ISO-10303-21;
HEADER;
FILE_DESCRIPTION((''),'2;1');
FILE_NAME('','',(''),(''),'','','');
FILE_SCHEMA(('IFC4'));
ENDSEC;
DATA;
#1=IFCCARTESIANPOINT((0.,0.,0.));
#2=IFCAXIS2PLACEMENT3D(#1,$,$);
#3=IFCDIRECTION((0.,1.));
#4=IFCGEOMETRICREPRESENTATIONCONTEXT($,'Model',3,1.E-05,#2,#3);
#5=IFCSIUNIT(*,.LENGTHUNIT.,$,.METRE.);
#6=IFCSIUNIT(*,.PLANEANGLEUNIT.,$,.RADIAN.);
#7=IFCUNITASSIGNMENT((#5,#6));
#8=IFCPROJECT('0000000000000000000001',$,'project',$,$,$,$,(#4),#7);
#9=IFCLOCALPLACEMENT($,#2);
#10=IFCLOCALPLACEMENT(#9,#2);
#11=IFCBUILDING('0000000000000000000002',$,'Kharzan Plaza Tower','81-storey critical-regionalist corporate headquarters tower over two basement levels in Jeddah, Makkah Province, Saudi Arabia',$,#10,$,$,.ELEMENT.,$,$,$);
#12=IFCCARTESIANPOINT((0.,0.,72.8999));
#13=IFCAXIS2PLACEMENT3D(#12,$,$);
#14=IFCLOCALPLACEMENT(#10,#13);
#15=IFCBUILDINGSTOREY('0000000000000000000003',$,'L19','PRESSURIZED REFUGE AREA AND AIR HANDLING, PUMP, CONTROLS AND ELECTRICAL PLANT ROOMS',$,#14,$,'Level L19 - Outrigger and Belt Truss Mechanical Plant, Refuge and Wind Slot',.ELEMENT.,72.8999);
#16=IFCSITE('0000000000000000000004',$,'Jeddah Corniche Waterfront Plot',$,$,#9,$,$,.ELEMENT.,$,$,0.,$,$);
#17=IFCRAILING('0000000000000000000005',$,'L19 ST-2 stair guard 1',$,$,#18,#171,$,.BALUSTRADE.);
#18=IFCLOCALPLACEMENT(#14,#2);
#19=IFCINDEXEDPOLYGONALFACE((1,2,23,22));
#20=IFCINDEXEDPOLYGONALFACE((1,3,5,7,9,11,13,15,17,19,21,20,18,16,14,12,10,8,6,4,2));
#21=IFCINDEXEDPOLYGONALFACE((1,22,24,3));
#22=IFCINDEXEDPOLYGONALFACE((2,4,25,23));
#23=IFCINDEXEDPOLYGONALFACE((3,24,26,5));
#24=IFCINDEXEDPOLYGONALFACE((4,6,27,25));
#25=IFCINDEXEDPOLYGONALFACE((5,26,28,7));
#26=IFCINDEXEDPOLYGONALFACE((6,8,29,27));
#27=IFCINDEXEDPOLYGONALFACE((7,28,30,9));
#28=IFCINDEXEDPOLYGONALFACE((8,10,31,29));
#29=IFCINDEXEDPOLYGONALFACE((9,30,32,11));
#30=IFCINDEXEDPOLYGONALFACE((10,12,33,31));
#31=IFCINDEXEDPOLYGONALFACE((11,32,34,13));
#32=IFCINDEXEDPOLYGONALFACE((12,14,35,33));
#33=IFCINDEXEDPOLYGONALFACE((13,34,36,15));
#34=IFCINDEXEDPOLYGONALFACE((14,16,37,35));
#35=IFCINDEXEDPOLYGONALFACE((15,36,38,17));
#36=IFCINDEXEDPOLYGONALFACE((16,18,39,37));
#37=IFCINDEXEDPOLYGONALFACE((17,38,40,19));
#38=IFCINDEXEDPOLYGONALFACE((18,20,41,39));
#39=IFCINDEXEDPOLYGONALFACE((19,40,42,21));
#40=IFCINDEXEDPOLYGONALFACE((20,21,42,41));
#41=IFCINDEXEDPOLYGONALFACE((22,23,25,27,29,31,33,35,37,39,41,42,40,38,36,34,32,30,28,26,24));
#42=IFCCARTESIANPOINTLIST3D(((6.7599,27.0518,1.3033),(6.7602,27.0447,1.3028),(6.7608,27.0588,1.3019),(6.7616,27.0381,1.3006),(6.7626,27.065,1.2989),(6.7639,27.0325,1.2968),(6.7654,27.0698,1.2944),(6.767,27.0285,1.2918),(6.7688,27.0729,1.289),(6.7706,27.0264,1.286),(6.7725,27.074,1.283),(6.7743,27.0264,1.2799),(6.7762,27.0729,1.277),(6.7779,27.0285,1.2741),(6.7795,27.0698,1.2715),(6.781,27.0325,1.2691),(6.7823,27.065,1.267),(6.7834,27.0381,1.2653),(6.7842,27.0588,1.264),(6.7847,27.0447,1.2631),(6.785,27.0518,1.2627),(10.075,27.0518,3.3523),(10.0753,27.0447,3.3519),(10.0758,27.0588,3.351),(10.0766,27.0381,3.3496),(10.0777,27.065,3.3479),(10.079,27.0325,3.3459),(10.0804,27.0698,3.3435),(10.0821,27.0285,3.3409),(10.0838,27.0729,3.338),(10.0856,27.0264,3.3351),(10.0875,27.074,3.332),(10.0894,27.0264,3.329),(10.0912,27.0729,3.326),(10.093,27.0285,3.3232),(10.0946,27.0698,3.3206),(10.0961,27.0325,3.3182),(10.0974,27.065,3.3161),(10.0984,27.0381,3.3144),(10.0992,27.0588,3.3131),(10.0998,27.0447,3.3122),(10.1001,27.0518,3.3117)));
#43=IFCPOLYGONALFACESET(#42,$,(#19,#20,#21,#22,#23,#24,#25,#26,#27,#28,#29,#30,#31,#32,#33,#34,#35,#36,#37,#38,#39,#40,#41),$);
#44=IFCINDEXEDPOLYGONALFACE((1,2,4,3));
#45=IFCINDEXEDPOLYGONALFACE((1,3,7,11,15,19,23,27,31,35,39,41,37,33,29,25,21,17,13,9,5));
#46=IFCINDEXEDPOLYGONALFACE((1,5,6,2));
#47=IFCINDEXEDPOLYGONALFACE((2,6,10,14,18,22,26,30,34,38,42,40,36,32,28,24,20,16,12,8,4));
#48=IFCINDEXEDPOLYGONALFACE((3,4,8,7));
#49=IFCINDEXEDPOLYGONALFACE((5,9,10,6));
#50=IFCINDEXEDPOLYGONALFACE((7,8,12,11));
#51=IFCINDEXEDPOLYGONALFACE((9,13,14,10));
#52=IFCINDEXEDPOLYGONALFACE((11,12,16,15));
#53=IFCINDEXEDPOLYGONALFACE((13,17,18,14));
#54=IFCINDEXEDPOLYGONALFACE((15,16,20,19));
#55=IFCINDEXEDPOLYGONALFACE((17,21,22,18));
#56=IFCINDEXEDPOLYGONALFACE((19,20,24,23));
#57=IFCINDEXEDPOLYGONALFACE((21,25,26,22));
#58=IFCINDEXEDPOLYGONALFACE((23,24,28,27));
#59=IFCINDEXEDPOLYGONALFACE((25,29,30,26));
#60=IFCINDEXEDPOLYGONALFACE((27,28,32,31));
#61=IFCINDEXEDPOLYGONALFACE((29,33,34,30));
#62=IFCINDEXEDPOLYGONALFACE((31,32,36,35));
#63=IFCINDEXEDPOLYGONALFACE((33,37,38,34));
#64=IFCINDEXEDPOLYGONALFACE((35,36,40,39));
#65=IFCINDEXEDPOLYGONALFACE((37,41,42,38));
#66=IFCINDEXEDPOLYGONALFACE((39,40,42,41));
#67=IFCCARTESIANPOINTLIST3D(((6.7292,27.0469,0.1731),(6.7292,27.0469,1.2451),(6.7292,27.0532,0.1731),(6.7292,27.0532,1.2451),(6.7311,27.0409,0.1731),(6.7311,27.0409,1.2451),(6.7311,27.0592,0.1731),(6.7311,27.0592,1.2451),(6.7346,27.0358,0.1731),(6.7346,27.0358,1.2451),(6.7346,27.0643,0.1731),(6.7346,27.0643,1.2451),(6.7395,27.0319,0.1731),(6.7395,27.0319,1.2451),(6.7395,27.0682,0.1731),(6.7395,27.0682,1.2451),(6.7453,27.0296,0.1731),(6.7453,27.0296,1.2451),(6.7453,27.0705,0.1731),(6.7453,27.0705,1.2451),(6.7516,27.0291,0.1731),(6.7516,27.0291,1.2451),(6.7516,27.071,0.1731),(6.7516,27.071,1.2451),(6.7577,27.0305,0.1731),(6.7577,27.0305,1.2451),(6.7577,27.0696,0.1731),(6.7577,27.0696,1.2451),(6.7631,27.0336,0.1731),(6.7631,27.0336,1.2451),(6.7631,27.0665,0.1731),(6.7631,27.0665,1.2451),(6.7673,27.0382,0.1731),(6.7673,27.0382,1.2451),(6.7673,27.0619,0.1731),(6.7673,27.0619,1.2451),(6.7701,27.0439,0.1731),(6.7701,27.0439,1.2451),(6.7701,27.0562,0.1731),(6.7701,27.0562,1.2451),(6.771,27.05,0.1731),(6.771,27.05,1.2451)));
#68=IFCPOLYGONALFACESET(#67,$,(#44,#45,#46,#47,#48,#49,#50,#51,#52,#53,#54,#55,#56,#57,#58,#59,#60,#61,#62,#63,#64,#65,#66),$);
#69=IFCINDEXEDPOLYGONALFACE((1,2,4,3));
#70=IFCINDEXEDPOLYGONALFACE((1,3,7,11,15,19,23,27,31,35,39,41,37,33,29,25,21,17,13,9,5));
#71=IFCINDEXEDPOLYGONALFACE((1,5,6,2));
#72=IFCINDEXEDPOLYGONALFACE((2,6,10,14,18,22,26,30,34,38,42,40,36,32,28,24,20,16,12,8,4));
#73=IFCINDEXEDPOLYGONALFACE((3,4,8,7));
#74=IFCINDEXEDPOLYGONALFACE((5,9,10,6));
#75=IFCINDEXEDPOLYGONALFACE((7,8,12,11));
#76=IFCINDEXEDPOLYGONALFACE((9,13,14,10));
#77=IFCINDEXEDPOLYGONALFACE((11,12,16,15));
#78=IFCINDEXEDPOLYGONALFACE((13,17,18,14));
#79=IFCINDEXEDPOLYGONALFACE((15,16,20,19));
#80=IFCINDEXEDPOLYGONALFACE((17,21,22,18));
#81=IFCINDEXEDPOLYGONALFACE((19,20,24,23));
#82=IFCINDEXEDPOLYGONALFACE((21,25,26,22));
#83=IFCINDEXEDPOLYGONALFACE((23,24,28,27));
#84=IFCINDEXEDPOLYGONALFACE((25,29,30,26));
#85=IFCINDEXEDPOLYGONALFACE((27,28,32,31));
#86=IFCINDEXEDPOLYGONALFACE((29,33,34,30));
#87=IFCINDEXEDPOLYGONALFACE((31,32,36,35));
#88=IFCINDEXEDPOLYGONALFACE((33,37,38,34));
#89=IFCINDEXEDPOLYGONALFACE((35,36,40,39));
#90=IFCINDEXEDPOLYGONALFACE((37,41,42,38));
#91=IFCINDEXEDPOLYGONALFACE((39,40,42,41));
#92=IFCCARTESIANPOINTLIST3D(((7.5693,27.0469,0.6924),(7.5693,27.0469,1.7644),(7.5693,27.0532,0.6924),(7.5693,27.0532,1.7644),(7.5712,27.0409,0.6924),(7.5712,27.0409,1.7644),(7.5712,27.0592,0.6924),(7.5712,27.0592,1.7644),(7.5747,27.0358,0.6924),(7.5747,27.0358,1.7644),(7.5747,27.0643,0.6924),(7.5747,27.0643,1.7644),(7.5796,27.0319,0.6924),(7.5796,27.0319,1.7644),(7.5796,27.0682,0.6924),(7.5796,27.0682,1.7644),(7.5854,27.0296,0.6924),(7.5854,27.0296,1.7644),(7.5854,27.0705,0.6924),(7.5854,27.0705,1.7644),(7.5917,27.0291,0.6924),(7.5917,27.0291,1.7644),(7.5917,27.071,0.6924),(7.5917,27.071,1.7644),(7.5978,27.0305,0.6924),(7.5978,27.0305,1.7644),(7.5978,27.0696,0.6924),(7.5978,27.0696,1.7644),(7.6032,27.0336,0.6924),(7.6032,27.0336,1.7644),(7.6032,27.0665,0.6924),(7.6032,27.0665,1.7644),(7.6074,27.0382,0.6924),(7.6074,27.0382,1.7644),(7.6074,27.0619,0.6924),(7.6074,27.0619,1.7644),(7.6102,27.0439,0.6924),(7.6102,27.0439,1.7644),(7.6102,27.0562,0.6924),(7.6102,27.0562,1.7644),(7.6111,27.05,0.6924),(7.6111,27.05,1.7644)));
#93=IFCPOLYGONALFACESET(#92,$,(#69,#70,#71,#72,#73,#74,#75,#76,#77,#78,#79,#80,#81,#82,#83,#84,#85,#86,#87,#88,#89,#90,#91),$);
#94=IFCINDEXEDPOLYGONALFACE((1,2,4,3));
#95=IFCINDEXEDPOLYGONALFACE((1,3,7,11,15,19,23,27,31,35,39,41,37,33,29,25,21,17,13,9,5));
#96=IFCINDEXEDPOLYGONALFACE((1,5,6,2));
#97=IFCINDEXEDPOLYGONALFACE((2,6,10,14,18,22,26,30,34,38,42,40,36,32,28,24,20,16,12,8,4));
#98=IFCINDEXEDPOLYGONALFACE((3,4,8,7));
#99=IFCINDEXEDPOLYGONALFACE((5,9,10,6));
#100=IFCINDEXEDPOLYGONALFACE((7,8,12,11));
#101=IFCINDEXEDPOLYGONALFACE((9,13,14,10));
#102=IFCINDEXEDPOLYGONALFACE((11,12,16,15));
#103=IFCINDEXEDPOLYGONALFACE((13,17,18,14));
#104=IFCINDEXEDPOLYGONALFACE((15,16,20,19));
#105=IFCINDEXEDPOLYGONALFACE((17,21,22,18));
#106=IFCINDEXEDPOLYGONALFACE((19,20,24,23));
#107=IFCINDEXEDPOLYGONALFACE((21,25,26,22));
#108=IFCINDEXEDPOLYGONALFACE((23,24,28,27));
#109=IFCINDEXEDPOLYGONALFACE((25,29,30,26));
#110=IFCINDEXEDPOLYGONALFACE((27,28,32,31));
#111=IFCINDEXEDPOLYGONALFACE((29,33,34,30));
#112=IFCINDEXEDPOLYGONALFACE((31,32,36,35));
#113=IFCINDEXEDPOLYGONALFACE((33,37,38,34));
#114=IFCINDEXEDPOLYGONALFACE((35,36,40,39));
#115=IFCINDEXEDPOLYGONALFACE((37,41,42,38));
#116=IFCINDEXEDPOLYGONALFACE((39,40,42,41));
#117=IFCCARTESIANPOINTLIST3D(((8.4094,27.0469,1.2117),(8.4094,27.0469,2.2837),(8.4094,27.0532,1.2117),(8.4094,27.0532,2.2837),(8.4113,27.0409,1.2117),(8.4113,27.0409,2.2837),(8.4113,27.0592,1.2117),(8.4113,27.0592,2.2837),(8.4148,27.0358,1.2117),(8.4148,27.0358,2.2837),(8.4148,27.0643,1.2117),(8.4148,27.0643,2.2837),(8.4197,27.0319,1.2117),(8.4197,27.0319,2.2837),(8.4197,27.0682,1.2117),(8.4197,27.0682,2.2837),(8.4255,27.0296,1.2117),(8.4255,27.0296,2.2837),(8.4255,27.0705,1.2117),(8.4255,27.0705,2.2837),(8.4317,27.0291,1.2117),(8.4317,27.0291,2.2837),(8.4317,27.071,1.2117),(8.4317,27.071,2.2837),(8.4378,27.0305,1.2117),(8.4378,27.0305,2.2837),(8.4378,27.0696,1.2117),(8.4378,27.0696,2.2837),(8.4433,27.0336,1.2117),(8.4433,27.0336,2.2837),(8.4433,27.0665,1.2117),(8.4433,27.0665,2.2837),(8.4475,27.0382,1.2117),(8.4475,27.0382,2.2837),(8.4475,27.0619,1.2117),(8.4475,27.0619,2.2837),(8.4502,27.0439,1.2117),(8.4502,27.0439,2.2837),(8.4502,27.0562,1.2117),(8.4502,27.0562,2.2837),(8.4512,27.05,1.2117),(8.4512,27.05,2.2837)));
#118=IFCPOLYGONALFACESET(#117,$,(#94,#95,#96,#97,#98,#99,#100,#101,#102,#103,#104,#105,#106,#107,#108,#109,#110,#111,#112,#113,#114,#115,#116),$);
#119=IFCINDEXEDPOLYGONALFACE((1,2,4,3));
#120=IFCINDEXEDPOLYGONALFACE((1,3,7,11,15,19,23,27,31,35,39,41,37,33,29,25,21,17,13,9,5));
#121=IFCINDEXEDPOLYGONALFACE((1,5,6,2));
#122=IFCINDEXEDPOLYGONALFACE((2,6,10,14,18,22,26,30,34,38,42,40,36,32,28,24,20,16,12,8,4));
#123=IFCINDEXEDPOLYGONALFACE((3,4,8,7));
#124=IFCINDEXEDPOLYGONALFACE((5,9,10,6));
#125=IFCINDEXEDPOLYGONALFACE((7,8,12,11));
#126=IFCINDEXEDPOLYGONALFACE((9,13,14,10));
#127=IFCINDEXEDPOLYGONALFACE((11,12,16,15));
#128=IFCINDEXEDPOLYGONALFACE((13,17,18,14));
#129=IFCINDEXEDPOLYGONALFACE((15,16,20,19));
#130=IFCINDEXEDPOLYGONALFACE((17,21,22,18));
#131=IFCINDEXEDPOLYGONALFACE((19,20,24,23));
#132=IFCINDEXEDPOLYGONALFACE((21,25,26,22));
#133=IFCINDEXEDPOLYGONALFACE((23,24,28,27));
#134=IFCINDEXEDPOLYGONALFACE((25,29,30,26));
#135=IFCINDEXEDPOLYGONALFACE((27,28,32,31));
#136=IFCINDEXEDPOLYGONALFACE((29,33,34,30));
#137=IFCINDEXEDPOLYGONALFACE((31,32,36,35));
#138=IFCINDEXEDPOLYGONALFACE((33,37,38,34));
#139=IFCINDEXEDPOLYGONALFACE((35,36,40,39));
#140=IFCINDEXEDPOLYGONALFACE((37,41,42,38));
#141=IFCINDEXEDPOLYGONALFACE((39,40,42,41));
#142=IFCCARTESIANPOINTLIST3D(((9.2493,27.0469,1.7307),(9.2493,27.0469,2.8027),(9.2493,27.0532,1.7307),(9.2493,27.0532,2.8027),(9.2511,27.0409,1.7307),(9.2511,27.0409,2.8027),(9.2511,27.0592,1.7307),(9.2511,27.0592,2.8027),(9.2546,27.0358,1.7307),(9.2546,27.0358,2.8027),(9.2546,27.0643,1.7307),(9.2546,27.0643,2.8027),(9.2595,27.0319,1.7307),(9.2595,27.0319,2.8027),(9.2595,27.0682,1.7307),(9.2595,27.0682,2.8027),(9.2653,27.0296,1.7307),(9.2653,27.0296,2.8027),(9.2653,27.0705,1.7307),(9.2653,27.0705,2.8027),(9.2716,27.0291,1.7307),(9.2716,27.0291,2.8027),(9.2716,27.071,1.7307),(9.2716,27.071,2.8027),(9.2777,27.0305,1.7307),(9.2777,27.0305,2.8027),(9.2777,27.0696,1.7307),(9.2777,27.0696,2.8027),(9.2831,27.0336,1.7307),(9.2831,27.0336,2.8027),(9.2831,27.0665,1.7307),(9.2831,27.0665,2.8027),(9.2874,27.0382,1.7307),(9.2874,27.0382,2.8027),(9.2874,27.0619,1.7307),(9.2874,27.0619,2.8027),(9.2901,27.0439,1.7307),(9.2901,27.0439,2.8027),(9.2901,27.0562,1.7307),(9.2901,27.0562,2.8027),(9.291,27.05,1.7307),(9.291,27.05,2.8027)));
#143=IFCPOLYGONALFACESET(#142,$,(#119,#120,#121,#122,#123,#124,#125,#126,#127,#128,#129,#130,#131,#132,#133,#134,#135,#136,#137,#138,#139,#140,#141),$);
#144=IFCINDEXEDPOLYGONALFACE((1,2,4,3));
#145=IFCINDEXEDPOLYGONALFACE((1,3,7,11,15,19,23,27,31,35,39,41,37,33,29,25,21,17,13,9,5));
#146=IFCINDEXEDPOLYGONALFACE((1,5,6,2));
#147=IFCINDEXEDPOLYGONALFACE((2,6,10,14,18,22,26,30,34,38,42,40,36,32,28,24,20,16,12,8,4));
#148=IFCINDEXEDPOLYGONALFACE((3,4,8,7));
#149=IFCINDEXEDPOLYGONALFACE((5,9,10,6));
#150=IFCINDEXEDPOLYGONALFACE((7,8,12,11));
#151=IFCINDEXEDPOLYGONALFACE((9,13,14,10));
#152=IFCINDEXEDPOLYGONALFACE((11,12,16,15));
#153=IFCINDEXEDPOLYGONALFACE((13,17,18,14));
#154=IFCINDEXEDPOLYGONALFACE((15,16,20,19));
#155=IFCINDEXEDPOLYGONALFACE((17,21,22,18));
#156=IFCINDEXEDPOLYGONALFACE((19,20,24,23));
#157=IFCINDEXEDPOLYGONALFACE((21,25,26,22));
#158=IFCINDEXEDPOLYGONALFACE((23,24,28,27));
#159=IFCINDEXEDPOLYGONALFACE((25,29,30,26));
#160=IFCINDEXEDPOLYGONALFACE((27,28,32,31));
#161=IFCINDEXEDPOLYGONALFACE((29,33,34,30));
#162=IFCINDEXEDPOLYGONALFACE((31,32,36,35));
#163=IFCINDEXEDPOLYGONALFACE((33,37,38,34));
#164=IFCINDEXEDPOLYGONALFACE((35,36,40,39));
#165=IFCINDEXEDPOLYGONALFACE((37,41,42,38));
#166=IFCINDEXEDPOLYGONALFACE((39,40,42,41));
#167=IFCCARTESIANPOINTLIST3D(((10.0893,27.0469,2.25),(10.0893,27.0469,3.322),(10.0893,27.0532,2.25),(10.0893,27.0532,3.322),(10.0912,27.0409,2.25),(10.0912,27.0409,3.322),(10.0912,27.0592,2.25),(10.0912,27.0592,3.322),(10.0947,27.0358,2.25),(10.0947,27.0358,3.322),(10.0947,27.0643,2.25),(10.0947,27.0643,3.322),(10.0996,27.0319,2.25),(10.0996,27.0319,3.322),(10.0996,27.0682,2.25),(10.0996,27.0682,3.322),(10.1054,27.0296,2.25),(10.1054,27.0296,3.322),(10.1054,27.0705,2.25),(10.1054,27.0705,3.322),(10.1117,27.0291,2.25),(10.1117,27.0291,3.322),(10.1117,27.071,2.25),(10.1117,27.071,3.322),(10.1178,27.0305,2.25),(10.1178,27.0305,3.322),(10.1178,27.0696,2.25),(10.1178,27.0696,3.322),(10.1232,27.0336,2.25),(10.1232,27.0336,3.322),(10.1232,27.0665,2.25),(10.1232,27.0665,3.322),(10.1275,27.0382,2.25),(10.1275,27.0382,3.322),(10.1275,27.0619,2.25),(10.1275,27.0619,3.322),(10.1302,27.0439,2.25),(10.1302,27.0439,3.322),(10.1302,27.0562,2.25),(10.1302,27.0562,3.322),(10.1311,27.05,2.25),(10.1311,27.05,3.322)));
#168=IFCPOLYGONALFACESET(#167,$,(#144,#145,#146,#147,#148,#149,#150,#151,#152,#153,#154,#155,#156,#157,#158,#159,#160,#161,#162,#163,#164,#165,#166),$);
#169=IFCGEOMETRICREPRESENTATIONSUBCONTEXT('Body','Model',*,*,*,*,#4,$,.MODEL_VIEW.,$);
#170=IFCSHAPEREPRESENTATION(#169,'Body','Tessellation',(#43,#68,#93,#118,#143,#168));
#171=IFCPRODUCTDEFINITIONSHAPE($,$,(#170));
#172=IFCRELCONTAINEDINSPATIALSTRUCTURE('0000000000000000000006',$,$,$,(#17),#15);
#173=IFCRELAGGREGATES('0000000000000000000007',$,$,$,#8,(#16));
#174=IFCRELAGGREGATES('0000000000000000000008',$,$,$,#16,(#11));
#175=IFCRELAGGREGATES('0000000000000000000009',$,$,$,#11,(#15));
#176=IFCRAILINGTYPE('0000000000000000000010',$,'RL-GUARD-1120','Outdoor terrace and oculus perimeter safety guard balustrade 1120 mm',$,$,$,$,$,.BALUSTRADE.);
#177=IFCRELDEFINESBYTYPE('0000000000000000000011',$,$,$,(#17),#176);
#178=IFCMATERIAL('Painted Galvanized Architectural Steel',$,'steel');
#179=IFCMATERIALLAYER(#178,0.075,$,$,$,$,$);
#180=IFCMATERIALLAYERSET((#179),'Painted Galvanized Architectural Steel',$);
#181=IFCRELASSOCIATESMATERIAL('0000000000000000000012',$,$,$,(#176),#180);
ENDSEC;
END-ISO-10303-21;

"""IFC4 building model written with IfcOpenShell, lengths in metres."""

from ifc_helpers import new_model, si_unit, direction, frame, origin, origin_2d, place, context, subcontext, project, spatial, circle, extrude, source, transform, mapped, material, layer, layer_set, type_object, element, save


model = new_model("IFC4")

# Units and contexts
model_context = context("Model", 3, precision=1e-05, world=origin(), true_north=direction((0.0, 1.0)))
body_context = subcontext(model_context, "Body", "Model", "MODEL_VIEW")
ifc_project = project(units=[si_unit("LENGTHUNIT", "METRE"), si_unit("PLANEANGLEUNIT", "RADIAN")], contexts=[model_context])

# Site, building, storey
site_placement = place(None, origin())
site = spatial("IfcSite", under=ifc_project, at=site_placement, Name="Jeddah Corniche Waterfront Plot", CompositionType="ELEMENT", RefElevation=0.0)
building_placement = place(site_placement, origin())
building = spatial("IfcBuilding", under=site, at=building_placement, Name="Kharzan Plaza Tower", Description="81-storey critical-regionalist corporate headquarters tower over two basement levels in Jeddah, Makkah Province, Saudi Arabia", CompositionType="ELEMENT")
storey_placement = place(building_placement, frame((0.0, 0.0, 72.8999)))
storey = spatial("IfcBuildingStorey", under=building, at=storey_placement, Name="L19", Description="PRESSURIZED REFUGE AREA AND AIR HANDLING, PUMP, CONTROLS AND ELECTRICAL PLANT ROOMS", LongName="Level L19 - Outrigger and Belt Truss Mechanical Plant, Refuge and Wind Slot", CompositionType="ELEMENT", Elevation=72.8999)

# Railing
ifc_material_1 = material(Name="Painted Galvanized Architectural Steel", Category="steel")
ifc_layer_1 = layer(ifc_material_1, 0.075)
ifc_layer_set_1 = layer_set([ifc_layer_1], Name="Painted Galvanized Architectural Steel")
railing_type_1 = type_object("IfcRailingType", Name="RL-GUARD-1120", Description="Outdoor terrace and oculus perimeter safety guard balustrade 1120 mm", PredefinedType="BALUSTRADE", material=ifc_layer_set_1)
shared_shape_1 = source(origin(), body_context, "Body", "SweptSolid", [
    extrude(circle(Radius=0.0239, at=origin_2d()), frame((0.0225, 0.0, 1.1099), z_axis=(0.850623, 0.0, 0.525776), x_axis=(0.0, 1.0, 0.0)), (0.0, 0.0, 1.0), 3.8972),
    extrude(circle(Radius=0.021, at=origin_2d()), origin(), (0.0, 0.0, 1.0), 1.072),
    extrude(circle(Radius=0.021, at=origin_2d()), frame((0.8401, 0.0, 0.5193)), (0.0, 0.0, 1.0), 1.072),
    extrude(circle(Radius=0.021, at=origin_2d()), frame((1.6802, 0.0, 1.0386)), (0.0, 0.0, 1.0), 1.072),
    extrude(circle(Radius=0.021, at=origin_2d()), frame((2.52, 0.0, 1.5576)), (0.0, 0.0, 1.0), 1.072),
    extrude(circle(Radius=0.021, at=origin_2d()), frame((3.3601, 0.0, 2.0769)), (0.0, 0.0, 1.0), 1.072),
])
railing_1_placement = place(storey_placement, frame((6.75, 27.05, 0.1731)))
element("IfcRailing", 1, at=railing_1_placement, inside=storey, type_object=railing_type_1, Name="L19 ST-2 stair guard 1", PredefinedType="BALUSTRADE", context=body_context, shape_type="MappedRepresentation", body=[
    mapped(shared_shape_1, transform((0.0, 0.0, 0.0), x_axis=(1.0, 0.0, 0.0), y_axis=(0.0, 1.0, 0.0), z_axis=(0.0, 0.0, 1.0))),
])

save(model, "model.ifc")
